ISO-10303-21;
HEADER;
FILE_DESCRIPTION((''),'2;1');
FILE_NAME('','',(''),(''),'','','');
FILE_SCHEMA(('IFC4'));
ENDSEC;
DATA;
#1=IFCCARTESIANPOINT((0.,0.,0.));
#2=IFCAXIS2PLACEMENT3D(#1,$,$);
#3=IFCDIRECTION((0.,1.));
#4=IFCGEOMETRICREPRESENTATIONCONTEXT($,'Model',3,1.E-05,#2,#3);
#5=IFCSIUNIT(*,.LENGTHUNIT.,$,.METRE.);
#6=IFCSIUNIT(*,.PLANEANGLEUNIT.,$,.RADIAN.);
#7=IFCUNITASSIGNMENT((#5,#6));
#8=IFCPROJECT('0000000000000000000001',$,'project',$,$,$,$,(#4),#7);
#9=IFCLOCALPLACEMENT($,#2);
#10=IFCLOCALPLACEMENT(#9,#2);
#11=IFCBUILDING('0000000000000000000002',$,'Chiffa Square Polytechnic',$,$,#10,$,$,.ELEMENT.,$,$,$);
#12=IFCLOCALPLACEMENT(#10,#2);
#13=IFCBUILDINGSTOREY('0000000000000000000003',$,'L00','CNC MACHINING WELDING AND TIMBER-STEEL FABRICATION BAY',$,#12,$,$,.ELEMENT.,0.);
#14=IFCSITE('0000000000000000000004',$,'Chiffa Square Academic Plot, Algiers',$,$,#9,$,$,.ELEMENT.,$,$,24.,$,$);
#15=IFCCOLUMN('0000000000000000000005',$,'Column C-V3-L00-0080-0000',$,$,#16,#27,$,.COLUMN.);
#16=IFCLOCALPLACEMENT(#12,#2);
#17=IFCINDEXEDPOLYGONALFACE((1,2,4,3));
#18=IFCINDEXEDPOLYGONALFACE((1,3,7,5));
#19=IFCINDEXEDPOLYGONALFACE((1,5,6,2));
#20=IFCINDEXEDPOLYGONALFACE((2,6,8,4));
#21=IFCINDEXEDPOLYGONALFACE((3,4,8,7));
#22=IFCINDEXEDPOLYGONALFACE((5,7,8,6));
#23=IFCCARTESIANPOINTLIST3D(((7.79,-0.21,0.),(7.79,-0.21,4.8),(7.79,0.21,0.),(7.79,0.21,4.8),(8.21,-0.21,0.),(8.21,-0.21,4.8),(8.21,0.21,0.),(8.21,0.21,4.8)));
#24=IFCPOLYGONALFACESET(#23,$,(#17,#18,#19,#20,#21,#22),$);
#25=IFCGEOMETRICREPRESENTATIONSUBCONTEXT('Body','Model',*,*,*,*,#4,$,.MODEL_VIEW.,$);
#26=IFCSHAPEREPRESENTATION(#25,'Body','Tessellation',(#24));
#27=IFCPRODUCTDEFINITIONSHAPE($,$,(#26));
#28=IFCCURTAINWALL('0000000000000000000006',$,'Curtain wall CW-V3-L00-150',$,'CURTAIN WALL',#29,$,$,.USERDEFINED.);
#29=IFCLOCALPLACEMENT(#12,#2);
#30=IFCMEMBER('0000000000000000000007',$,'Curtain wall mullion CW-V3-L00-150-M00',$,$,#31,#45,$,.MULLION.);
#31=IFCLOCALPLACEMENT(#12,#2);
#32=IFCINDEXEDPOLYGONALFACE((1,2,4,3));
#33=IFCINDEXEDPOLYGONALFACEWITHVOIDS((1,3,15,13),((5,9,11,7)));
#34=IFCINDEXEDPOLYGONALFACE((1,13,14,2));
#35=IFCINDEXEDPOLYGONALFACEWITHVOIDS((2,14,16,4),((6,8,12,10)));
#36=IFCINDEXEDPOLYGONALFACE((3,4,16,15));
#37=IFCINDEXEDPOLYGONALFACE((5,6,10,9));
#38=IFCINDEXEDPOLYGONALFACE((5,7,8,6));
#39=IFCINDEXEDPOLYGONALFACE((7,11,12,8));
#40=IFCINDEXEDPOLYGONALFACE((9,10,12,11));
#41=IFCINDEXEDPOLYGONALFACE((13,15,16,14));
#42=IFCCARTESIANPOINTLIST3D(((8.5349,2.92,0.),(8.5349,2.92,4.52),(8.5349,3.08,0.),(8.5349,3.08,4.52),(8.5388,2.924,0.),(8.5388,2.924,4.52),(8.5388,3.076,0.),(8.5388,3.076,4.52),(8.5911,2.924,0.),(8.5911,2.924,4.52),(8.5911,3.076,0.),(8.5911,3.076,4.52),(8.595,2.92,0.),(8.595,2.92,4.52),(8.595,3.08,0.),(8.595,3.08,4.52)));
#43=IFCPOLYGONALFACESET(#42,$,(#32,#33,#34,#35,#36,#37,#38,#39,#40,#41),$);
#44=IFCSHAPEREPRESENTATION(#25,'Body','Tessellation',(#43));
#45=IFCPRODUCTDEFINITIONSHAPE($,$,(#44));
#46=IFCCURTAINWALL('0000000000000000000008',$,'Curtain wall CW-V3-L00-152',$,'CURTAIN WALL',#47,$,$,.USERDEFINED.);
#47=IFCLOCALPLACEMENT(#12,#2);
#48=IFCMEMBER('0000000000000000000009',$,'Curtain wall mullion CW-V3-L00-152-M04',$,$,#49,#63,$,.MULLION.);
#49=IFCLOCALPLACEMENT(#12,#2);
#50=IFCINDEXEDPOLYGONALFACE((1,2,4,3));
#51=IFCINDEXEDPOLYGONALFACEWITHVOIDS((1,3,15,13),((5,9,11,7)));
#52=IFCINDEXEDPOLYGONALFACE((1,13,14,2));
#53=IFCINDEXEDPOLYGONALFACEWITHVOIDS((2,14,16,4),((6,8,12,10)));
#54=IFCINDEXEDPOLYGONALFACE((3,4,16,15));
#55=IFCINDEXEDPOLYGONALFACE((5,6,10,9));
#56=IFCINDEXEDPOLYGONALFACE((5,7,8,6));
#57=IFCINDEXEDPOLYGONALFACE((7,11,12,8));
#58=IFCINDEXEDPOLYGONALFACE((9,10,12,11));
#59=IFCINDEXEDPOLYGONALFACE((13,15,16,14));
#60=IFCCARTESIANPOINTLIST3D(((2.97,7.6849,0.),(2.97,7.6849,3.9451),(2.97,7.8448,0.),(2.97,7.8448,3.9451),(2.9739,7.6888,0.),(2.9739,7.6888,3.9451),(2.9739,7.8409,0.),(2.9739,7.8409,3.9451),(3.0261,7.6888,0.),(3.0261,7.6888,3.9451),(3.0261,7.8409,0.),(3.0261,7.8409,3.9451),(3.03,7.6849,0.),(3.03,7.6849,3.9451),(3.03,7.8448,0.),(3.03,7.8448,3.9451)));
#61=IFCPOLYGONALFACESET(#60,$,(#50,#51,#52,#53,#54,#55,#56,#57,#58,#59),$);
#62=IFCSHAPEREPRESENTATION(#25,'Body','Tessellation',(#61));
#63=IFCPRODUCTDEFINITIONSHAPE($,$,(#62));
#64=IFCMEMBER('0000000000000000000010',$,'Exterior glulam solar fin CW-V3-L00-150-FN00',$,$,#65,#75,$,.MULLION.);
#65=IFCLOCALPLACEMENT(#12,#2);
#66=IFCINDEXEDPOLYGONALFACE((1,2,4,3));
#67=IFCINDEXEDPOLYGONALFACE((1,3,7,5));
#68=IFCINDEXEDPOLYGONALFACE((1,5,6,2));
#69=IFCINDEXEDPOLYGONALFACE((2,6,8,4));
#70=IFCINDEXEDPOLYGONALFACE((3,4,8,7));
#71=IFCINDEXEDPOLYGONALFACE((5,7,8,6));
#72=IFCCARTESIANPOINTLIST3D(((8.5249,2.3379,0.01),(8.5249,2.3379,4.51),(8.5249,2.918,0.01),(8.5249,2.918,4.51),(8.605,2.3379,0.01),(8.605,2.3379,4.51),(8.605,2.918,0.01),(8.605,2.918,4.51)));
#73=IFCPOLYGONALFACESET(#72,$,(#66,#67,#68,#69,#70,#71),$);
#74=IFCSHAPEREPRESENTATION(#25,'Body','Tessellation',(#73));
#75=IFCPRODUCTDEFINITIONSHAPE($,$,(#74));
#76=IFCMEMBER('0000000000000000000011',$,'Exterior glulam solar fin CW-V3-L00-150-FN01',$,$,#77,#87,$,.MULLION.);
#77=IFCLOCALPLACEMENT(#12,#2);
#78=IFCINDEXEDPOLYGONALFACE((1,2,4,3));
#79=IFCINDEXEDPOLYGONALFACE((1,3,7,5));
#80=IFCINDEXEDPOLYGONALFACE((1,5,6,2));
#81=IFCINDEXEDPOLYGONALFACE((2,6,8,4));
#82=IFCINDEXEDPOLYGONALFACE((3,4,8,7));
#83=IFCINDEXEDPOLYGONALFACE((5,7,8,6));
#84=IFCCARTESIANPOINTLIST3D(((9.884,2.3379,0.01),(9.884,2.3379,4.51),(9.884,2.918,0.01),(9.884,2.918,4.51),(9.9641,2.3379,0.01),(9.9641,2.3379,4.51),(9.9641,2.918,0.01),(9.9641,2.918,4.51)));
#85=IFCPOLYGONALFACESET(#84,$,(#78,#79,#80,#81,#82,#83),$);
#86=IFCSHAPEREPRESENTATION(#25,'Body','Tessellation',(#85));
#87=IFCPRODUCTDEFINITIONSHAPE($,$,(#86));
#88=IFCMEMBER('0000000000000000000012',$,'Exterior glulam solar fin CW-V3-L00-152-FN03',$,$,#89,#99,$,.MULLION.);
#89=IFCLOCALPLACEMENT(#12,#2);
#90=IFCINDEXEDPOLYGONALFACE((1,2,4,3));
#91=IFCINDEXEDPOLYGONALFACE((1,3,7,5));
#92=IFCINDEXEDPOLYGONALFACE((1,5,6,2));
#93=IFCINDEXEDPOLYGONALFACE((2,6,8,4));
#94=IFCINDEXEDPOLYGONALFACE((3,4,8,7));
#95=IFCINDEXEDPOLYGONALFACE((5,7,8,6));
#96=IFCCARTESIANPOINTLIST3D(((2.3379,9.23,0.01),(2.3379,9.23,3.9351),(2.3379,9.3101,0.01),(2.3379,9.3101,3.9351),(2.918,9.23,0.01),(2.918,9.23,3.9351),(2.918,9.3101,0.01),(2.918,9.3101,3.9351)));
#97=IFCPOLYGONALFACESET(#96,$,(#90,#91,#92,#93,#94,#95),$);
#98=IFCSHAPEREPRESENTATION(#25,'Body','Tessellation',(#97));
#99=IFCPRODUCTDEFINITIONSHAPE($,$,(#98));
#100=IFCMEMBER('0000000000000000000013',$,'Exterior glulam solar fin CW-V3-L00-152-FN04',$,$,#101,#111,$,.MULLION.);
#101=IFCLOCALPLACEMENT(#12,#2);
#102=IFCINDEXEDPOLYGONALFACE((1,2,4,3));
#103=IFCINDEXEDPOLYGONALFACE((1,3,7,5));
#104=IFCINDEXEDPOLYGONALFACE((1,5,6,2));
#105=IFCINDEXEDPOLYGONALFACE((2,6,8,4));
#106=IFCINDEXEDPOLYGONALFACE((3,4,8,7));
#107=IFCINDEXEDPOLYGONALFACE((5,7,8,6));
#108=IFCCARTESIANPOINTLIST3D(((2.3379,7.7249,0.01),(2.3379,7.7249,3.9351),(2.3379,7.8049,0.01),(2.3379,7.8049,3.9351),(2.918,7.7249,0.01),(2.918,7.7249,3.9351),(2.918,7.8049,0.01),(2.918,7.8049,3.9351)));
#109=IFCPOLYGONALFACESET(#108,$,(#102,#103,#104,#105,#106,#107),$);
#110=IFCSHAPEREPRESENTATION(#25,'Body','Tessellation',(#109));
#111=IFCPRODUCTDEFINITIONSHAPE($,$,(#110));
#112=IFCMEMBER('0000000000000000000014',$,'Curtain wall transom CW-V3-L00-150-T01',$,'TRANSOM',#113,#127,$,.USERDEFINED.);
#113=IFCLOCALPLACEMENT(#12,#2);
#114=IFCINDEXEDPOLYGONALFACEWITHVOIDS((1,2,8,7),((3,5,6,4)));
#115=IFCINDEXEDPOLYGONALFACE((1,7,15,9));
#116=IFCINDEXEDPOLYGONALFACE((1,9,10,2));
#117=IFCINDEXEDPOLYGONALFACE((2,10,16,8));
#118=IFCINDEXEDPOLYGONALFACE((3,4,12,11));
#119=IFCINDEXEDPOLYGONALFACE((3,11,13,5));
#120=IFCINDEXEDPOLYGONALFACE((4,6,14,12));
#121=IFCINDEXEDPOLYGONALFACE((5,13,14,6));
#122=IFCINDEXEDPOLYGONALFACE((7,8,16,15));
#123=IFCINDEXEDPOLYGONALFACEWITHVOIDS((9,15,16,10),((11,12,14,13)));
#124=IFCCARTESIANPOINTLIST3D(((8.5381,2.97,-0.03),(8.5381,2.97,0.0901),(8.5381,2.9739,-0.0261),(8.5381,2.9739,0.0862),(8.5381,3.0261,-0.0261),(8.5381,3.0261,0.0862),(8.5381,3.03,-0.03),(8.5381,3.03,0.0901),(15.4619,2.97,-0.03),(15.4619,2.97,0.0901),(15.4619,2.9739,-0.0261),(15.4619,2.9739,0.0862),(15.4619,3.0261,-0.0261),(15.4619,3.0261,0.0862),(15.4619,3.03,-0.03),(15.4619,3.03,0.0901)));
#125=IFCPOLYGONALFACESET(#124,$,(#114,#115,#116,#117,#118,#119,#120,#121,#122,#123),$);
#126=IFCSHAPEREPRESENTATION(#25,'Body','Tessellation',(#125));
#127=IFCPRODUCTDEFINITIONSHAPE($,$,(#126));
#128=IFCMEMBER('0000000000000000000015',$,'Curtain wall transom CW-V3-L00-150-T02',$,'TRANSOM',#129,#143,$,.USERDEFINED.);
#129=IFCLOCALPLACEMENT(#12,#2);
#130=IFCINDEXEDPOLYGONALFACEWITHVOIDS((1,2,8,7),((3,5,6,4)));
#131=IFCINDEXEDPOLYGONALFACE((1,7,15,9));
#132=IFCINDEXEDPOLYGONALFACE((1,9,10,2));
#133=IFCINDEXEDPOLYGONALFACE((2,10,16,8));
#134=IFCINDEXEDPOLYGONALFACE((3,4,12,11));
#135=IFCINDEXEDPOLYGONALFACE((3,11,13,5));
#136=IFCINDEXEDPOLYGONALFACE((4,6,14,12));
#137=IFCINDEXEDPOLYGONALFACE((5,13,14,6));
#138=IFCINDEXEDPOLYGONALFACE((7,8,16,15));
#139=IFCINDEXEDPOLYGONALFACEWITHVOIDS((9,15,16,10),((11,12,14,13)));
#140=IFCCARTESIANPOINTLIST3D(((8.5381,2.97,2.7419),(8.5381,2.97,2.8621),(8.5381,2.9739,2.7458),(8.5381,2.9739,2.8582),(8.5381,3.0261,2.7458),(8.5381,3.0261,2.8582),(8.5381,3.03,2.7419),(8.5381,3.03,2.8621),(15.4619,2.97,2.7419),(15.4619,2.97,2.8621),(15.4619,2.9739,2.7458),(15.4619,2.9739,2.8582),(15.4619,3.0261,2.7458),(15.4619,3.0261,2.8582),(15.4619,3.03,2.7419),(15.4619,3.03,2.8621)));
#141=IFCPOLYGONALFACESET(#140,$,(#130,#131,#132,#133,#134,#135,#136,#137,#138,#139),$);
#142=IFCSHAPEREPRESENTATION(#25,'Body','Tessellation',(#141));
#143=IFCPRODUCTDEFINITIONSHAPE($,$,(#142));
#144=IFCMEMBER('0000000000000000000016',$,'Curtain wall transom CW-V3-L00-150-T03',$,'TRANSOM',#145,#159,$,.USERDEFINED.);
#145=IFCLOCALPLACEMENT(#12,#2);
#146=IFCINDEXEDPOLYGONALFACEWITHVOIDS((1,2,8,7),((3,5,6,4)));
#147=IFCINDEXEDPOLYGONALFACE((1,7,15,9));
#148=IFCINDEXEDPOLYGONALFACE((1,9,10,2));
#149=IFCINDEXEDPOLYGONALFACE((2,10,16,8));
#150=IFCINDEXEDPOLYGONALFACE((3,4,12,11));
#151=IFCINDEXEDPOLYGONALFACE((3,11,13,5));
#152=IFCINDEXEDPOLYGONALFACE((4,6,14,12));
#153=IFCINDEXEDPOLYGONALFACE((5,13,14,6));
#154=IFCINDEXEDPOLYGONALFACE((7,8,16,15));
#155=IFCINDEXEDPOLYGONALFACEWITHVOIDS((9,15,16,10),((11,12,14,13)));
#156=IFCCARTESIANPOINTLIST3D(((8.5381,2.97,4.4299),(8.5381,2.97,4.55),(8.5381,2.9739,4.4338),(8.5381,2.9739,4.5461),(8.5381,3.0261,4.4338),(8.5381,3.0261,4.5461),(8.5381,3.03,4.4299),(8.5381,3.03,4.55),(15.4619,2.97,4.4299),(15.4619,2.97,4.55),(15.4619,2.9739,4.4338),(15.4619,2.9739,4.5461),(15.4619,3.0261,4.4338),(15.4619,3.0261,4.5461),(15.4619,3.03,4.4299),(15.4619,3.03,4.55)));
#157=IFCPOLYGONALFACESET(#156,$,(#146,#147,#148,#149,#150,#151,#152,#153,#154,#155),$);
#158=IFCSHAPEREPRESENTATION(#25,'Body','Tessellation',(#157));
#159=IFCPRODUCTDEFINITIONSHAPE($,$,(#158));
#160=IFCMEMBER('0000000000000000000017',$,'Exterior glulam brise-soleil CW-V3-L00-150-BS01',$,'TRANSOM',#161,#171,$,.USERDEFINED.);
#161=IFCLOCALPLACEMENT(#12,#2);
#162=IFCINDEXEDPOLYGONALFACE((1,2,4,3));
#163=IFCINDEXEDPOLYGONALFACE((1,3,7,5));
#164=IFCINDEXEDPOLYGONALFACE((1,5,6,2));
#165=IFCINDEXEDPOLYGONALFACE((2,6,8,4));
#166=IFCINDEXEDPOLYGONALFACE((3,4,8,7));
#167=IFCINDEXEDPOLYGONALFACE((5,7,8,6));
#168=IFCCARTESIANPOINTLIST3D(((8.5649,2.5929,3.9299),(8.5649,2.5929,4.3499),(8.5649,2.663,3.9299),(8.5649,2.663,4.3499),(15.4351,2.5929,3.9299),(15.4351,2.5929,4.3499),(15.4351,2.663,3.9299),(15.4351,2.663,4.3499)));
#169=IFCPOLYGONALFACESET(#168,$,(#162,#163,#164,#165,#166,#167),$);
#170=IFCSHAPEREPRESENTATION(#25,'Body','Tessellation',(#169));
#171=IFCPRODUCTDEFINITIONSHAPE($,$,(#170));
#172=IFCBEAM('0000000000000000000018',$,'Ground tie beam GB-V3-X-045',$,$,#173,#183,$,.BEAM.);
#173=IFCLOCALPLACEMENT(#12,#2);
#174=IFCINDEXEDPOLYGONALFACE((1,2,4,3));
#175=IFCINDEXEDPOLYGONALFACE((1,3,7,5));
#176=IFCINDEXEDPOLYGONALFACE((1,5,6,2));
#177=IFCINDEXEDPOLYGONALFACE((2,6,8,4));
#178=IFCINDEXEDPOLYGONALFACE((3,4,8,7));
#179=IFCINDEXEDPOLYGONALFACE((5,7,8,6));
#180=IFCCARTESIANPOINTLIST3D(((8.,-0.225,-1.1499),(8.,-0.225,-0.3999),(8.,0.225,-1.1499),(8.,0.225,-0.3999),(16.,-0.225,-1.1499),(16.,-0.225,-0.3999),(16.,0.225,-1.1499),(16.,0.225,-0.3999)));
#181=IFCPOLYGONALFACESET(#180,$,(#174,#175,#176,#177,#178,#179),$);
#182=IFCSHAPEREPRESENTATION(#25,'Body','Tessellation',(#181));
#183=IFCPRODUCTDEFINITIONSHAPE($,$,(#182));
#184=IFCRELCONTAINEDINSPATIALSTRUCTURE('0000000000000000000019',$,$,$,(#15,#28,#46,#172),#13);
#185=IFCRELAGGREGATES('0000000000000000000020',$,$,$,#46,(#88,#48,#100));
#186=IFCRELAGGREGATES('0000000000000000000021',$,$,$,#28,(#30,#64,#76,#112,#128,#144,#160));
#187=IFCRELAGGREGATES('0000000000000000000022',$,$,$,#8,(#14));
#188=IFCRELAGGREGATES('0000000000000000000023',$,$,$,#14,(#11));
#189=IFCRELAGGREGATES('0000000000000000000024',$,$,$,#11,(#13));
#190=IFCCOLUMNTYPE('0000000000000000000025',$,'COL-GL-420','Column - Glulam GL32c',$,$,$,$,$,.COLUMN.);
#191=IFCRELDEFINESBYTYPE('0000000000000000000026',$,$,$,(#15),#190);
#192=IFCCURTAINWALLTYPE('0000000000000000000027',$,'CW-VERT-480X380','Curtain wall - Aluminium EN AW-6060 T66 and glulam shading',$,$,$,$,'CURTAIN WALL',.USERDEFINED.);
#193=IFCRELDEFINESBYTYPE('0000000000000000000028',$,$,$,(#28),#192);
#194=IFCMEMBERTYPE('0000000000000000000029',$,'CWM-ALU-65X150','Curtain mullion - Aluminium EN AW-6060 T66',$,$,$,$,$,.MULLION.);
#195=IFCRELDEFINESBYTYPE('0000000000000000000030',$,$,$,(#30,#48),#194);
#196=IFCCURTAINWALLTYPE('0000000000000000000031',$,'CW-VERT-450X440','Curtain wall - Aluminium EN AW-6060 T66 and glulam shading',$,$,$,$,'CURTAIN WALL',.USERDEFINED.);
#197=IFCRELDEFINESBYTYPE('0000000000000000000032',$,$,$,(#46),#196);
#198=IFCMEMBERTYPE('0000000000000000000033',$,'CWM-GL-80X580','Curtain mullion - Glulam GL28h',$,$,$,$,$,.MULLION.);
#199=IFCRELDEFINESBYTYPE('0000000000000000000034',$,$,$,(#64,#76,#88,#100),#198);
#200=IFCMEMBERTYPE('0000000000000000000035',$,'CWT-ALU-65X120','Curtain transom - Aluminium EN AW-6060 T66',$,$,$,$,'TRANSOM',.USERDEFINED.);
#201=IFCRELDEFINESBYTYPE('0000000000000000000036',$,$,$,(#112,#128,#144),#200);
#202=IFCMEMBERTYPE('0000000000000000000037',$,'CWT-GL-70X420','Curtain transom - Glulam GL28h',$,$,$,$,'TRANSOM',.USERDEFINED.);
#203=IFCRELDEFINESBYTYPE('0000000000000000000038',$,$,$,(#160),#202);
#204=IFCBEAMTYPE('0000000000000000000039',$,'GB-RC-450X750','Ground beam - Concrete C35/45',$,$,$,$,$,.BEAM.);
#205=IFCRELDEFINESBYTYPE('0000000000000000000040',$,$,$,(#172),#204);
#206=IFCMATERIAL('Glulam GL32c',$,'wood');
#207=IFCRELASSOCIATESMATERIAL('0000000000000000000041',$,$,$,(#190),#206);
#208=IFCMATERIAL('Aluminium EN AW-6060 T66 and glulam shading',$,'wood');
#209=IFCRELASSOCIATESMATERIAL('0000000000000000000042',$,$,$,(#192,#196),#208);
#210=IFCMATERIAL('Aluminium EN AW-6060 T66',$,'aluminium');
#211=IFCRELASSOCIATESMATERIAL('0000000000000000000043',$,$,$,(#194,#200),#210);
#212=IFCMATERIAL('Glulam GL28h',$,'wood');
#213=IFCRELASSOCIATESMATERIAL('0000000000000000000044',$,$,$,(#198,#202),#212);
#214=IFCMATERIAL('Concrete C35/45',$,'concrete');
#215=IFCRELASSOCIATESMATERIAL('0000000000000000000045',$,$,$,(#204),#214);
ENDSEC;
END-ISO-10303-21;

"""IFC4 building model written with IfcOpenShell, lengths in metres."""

from ifc_helpers import new_model, si_unit, direction, frame, origin, origin_2d, place, context, subcontext, project, spatial, rectangle, hollow_rectangle, extrude, material, material_profile, profile_set, type_object, element, aggregate, save


model = new_model("IFC4")

# Units and contexts
model_context = context("Model", 3, precision=1e-05, world=origin(), true_north=direction((0.0, 1.0)))
body_context = subcontext(model_context, "Body", "Model", "MODEL_VIEW")
ifc_project = project(units=[si_unit("LENGTHUNIT", "METRE"), si_unit("PLANEANGLEUNIT", "RADIAN")], contexts=[model_context])

# Site, building, storey
site_placement = place(None, origin())
site = spatial("IfcSite", under=ifc_project, at=site_placement, Name="Chiffa Square Academic Plot, Algiers", CompositionType="ELEMENT", RefElevation=24.0)
building_placement = place(site_placement, origin())
building = spatial("IfcBuilding", under=site, at=building_placement, Name="Chiffa Square Polytechnic", CompositionType="ELEMENT")
storey_placement = place(building_placement, origin())
storey = spatial("IfcBuildingStorey", under=building, at=storey_placement, Name="L00", Description="CNC MACHINING WELDING AND TIMBER-STEEL FABRICATION BAY", CompositionType="ELEMENT", Elevation=0.0)

# Column
ifc_material_1 = material(Name="Glulam GL32c", Category="wood")
ifc_material_profile_1 = material_profile(ifc_material_1, rectangle(XDim=0.4199, YDim=0.4199, at=origin_2d()), Name="GL32c 420x420")
ifc_profile_set_1 = profile_set([ifc_material_profile_1], Name="Glulam GL32c")
column_type = type_object("IfcColumnType", Name="COL-GL-420", Description="Column - Glulam GL32c", PredefinedType="COLUMN", material=ifc_profile_set_1)
column_placement = place(storey_placement, frame((8.0, 0.0, 0.0), z_axis=(0.0, 0.0, 1.0), x_axis=(1.0, 0.0, 0.0)))
element("IfcColumn", 1, at=column_placement, inside=storey, type_object=column_type, Name="Column C-V3-L00-0080-0000", PredefinedType="COLUMN", context=body_context, shape_type="SweptSolid", body=[
    extrude(rectangle(XDim=0.4199, YDim=0.4199, at=origin_2d()), origin(), (0.0, 0.0, 1.0), 4.8),
])

# Curtain walls, members
ifc_material_2 = material(Name="Aluminium EN AW-6060 T66 and glulam shading", Category="wood")
curtain_wall_type_1 = type_object("IfcCurtainWallType", Name="CW-VERT-480X380", Description="Curtain wall - Aluminium EN AW-6060 T66 and glulam shading", ElementType="CURTAIN WALL", PredefinedType="USERDEFINED", material=ifc_material_2)
curtain_wall_1_placement = place(storey_placement, origin())
curtain_wall_1 = element("IfcCurtainWall", 2, at=curtain_wall_1_placement, inside=storey, type_object=curtain_wall_type_1, Name="Curtain wall CW-V3-L00-150", ObjectType="CURTAIN WALL", PredefinedType="USERDEFINED")
ifc_material_3 = material(Name="Aluminium EN AW-6060 T66", Category="aluminium")
ifc_material_profile_2 = material_profile(ifc_material_3, hollow_rectangle(XDim=0.0601, YDim=0.1599, WallThickness=0.0039, at=origin_2d()), Name="ALU 60x160x4")
ifc_profile_set_2 = profile_set([ifc_material_profile_2], Name="Aluminium EN AW-6060 T66")
member_type_1 = type_object("IfcMemberType", Name="CWM-ALU-65X150", Description="Curtain mullion - Aluminium EN AW-6060 T66", PredefinedType="MULLION", material=ifc_profile_set_2)
member_1_placement = place(storey_placement, frame((8.5649, 3.0, 0.0), z_axis=(0.0, 0.0, 1.0), x_axis=(1.0, 0.0, 0.0)))
member_1 = element("IfcMember", 3, at=member_1_placement, type_object=member_type_1, Name="Curtain wall mullion CW-V3-L00-150-M00", PredefinedType="MULLION", context=body_context, shape_type="SweptSolid", body=[
    extrude(hollow_rectangle(XDim=0.0601, YDim=0.1599, WallThickness=0.0039, at=origin_2d()), origin(), (0.0, 0.0, 1.0), 4.52),
])
curtain_wall_type_2 = type_object("IfcCurtainWallType", Name="CW-VERT-450X440", Description="Curtain wall - Aluminium EN AW-6060 T66 and glulam shading", ElementType="CURTAIN WALL", PredefinedType="USERDEFINED", material=ifc_material_2)
curtain_wall_2_placement = place(storey_placement, origin())
curtain_wall_2 = element("IfcCurtainWall", 4, at=curtain_wall_2_placement, inside=storey, type_object=curtain_wall_type_2, Name="Curtain wall CW-V3-L00-152", ObjectType="CURTAIN WALL", PredefinedType="USERDEFINED")
member_2_placement = place(storey_placement, frame((3.0, 7.7649, 0.0), z_axis=(0.0, 0.0, 1.0), x_axis=(1.0, 0.0, 0.0)))
member_2 = element("IfcMember", 5, at=member_2_placement, type_object=member_type_1, Name="Curtain wall mullion CW-V3-L00-152-M04", PredefinedType="MULLION", context=body_context, shape_type="SweptSolid", body=[
    extrude(hollow_rectangle(XDim=0.0601, YDim=0.1599, WallThickness=0.0039, at=origin_2d()), origin(), (0.0, 0.0, 1.0), 3.9451),
])

# Members
ifc_material_4 = material(Name="Glulam GL28h", Category="wood")
ifc_material_profile_3 = material_profile(ifc_material_4, rectangle(XDim=0.0801, YDim=0.5801, at=origin_2d()), Name="GL28h 80x580")
ifc_profile_set_3 = profile_set([ifc_material_profile_3], Name="Glulam GL28h")
member_type_2 = type_object("IfcMemberType", Name="CWM-GL-80X580", Description="Curtain mullion - Glulam GL28h", PredefinedType="MULLION", material=ifc_profile_set_3)
member_3_placement = place(storey_placement, frame((8.5649, 2.6279, 0.01), z_axis=(0.0, 0.0, 1.0), x_axis=(1.0, 0.0, 0.0)))
member_3 = element("IfcMember", 6, at=member_3_placement, type_object=member_type_2, Name="Exterior glulam solar fin CW-V3-L00-150-FN00", PredefinedType="MULLION", context=body_context, shape_type="SweptSolid", body=[
    extrude(rectangle(XDim=0.0801, YDim=0.5801, at=origin_2d()), origin(), (0.0, 0.0, 1.0), 4.5),
])
member_4_placement = place(storey_placement, frame((9.9241, 2.6279, 0.01), z_axis=(0.0, 0.0, 1.0), x_axis=(1.0, 0.0, 0.0)))
member_4 = element("IfcMember", 7, at=member_4_placement, type_object=member_type_2, Name="Exterior glulam solar fin CW-V3-L00-150-FN01", PredefinedType="MULLION", context=body_context, shape_type="SweptSolid", body=[
    extrude(rectangle(XDim=0.0801, YDim=0.5801, at=origin_2d()), origin(), (0.0, 0.0, 1.0), 4.5),
])
member_5_placement = place(storey_placement, frame((2.6279, 9.27, 0.01), z_axis=(0.0, 0.0, 1.0), x_axis=(0.0, -1.0, 0.0)))
member_5 = element("IfcMember", 8, at=member_5_placement, type_object=member_type_2, Name="Exterior glulam solar fin CW-V3-L00-152-FN03", PredefinedType="MULLION", context=body_context, shape_type="SweptSolid", body=[
    extrude(rectangle(XDim=0.0801, YDim=0.5801, at=origin_2d()), origin(), (0.0, 0.0, 1.0), 3.925),
])
member_6_placement = place(storey_placement, frame((2.6279, 7.7649, 0.01), z_axis=(0.0, 0.0, 1.0), x_axis=(0.0, -1.0, 0.0)))
member_6 = element("IfcMember", 9, at=member_6_placement, type_object=member_type_2, Name="Exterior glulam solar fin CW-V3-L00-152-FN04", PredefinedType="MULLION", context=body_context, shape_type="SweptSolid", body=[
    extrude(rectangle(XDim=0.0801, YDim=0.5801, at=origin_2d()), origin(), (0.0, 0.0, 1.0), 3.925),
])
ifc_material_profile_4 = material_profile(ifc_material_3, hollow_rectangle(XDim=0.0601, YDim=0.1201, WallThickness=0.0039, at=origin_2d()), Name="ALU 60x120x4")
ifc_profile_set_4 = profile_set([ifc_material_profile_4], Name="Aluminium EN AW-6060 T66")
member_type_3 = type_object("IfcMemberType", Name="CWT-ALU-65X120", Description="Curtain transom - Aluminium EN AW-6060 T66", ElementType="TRANSOM", PredefinedType="USERDEFINED", material=ifc_profile_set_4)
member_7_placement = place(storey_placement, frame((8.5381, 3.0, 0.03), z_axis=(1.0, 0.0, 0.0), x_axis=(0.0, 1.0, 0.0)))
member_7 = element("IfcMember", 10, at=member_7_placement, type_object=member_type_3, Name="Curtain wall transom CW-V3-L00-150-T01", ObjectType="TRANSOM", PredefinedType="USERDEFINED", context=body_context, shape_type="SweptSolid", body=[
    extrude(hollow_rectangle(XDim=0.0601, YDim=0.1201, WallThickness=0.0039, at=origin_2d()), origin(), (0.0, 0.0, 1.0), 6.9238),
])
member_8_placement = place(storey_placement, frame((8.5381, 3.0, 2.802), z_axis=(1.0, 0.0, 0.0), x_axis=(0.0, 1.0, 0.0)))
member_8 = element("IfcMember", 11, at=member_8_placement, type_object=member_type_3, Name="Curtain wall transom CW-V3-L00-150-T02", ObjectType="TRANSOM", PredefinedType="USERDEFINED", context=body_context, shape_type="SweptSolid", body=[
    extrude(hollow_rectangle(XDim=0.0601, YDim=0.1201, WallThickness=0.0039, at=origin_2d()), origin(), (0.0, 0.0, 1.0), 6.9238),
])
member_9_placement = place(storey_placement, frame((8.5381, 3.0, 4.49), z_axis=(1.0, 0.0, 0.0), x_axis=(0.0, 1.0, 0.0)))
member_9 = element("IfcMember", 12, at=member_9_placement, type_object=member_type_3, Name="Curtain wall transom CW-V3-L00-150-T03", ObjectType="TRANSOM", PredefinedType="USERDEFINED", context=body_context, shape_type="SweptSolid", body=[
    extrude(hollow_rectangle(XDim=0.0601, YDim=0.1201, WallThickness=0.0039, at=origin_2d()), origin(), (0.0, 0.0, 1.0), 6.9238),
])
ifc_material_profile_5 = material_profile(ifc_material_4, rectangle(XDim=0.0701, YDim=0.4199, at=origin_2d()), Name="GL28h 70x420")
ifc_profile_set_5 = profile_set([ifc_material_profile_5], Name="Glulam GL28h")
member_type_4 = type_object("IfcMemberType", Name="CWT-GL-70X420", Description="Curtain transom - Glulam GL28h", ElementType="TRANSOM", PredefinedType="USERDEFINED", material=ifc_profile_set_5)
member_10_placement = place(storey_placement, frame((8.5649, 2.6279, 4.1399), z_axis=(1.0, 0.0, 0.0), x_axis=(0.0, 1.0, 0.0)))
member_10 = element("IfcMember", 13, at=member_10_placement, type_object=member_type_4, Name="Exterior glulam brise-soleil CW-V3-L00-150-BS01", ObjectType="TRANSOM", PredefinedType="USERDEFINED", context=body_context, shape_type="SweptSolid", body=[
    extrude(rectangle(XDim=0.0701, YDim=0.4199, at=origin_2d()), origin(), (0.0, 0.0, 1.0), 6.8701),
])

# Beam
ifc_material_5 = material(Name="Concrete C35/45", Category="concrete")
ifc_material_profile_6 = material_profile(ifc_material_5, rectangle(XDim=0.45, YDim=0.75, at=origin_2d()), Name="RC 450x750")
ifc_profile_set_6 = profile_set([ifc_material_profile_6], Name="Concrete C35/45")
beam_type = type_object("IfcBeamType", Name="GB-RC-450X750", Description="Ground beam - Concrete C35/45", PredefinedType="BEAM", material=ifc_profile_set_6)
beam_placement = place(storey_placement, frame((8.0, 0.0, -0.7749), z_axis=(1.0, 0.0, 0.0), x_axis=(0.0, 1.0, 0.0)))
element("IfcBeam", 14, at=beam_placement, inside=storey, type_object=beam_type, Name="Ground tie beam GB-V3-X-045", PredefinedType="BEAM", context=body_context, shape_type="SweptSolid", body=[
    extrude(rectangle(XDim=0.45, YDim=0.75, at=origin_2d()), origin(), (0.0, 0.0, 1.0), 8.0),
])

aggregate(curtain_wall_2, [member_5, member_2, member_6])
aggregate(curtain_wall_1, [member_1, member_3, member_4, member_7, member_8, member_9, member_10])

save(model, "model.ifc")
